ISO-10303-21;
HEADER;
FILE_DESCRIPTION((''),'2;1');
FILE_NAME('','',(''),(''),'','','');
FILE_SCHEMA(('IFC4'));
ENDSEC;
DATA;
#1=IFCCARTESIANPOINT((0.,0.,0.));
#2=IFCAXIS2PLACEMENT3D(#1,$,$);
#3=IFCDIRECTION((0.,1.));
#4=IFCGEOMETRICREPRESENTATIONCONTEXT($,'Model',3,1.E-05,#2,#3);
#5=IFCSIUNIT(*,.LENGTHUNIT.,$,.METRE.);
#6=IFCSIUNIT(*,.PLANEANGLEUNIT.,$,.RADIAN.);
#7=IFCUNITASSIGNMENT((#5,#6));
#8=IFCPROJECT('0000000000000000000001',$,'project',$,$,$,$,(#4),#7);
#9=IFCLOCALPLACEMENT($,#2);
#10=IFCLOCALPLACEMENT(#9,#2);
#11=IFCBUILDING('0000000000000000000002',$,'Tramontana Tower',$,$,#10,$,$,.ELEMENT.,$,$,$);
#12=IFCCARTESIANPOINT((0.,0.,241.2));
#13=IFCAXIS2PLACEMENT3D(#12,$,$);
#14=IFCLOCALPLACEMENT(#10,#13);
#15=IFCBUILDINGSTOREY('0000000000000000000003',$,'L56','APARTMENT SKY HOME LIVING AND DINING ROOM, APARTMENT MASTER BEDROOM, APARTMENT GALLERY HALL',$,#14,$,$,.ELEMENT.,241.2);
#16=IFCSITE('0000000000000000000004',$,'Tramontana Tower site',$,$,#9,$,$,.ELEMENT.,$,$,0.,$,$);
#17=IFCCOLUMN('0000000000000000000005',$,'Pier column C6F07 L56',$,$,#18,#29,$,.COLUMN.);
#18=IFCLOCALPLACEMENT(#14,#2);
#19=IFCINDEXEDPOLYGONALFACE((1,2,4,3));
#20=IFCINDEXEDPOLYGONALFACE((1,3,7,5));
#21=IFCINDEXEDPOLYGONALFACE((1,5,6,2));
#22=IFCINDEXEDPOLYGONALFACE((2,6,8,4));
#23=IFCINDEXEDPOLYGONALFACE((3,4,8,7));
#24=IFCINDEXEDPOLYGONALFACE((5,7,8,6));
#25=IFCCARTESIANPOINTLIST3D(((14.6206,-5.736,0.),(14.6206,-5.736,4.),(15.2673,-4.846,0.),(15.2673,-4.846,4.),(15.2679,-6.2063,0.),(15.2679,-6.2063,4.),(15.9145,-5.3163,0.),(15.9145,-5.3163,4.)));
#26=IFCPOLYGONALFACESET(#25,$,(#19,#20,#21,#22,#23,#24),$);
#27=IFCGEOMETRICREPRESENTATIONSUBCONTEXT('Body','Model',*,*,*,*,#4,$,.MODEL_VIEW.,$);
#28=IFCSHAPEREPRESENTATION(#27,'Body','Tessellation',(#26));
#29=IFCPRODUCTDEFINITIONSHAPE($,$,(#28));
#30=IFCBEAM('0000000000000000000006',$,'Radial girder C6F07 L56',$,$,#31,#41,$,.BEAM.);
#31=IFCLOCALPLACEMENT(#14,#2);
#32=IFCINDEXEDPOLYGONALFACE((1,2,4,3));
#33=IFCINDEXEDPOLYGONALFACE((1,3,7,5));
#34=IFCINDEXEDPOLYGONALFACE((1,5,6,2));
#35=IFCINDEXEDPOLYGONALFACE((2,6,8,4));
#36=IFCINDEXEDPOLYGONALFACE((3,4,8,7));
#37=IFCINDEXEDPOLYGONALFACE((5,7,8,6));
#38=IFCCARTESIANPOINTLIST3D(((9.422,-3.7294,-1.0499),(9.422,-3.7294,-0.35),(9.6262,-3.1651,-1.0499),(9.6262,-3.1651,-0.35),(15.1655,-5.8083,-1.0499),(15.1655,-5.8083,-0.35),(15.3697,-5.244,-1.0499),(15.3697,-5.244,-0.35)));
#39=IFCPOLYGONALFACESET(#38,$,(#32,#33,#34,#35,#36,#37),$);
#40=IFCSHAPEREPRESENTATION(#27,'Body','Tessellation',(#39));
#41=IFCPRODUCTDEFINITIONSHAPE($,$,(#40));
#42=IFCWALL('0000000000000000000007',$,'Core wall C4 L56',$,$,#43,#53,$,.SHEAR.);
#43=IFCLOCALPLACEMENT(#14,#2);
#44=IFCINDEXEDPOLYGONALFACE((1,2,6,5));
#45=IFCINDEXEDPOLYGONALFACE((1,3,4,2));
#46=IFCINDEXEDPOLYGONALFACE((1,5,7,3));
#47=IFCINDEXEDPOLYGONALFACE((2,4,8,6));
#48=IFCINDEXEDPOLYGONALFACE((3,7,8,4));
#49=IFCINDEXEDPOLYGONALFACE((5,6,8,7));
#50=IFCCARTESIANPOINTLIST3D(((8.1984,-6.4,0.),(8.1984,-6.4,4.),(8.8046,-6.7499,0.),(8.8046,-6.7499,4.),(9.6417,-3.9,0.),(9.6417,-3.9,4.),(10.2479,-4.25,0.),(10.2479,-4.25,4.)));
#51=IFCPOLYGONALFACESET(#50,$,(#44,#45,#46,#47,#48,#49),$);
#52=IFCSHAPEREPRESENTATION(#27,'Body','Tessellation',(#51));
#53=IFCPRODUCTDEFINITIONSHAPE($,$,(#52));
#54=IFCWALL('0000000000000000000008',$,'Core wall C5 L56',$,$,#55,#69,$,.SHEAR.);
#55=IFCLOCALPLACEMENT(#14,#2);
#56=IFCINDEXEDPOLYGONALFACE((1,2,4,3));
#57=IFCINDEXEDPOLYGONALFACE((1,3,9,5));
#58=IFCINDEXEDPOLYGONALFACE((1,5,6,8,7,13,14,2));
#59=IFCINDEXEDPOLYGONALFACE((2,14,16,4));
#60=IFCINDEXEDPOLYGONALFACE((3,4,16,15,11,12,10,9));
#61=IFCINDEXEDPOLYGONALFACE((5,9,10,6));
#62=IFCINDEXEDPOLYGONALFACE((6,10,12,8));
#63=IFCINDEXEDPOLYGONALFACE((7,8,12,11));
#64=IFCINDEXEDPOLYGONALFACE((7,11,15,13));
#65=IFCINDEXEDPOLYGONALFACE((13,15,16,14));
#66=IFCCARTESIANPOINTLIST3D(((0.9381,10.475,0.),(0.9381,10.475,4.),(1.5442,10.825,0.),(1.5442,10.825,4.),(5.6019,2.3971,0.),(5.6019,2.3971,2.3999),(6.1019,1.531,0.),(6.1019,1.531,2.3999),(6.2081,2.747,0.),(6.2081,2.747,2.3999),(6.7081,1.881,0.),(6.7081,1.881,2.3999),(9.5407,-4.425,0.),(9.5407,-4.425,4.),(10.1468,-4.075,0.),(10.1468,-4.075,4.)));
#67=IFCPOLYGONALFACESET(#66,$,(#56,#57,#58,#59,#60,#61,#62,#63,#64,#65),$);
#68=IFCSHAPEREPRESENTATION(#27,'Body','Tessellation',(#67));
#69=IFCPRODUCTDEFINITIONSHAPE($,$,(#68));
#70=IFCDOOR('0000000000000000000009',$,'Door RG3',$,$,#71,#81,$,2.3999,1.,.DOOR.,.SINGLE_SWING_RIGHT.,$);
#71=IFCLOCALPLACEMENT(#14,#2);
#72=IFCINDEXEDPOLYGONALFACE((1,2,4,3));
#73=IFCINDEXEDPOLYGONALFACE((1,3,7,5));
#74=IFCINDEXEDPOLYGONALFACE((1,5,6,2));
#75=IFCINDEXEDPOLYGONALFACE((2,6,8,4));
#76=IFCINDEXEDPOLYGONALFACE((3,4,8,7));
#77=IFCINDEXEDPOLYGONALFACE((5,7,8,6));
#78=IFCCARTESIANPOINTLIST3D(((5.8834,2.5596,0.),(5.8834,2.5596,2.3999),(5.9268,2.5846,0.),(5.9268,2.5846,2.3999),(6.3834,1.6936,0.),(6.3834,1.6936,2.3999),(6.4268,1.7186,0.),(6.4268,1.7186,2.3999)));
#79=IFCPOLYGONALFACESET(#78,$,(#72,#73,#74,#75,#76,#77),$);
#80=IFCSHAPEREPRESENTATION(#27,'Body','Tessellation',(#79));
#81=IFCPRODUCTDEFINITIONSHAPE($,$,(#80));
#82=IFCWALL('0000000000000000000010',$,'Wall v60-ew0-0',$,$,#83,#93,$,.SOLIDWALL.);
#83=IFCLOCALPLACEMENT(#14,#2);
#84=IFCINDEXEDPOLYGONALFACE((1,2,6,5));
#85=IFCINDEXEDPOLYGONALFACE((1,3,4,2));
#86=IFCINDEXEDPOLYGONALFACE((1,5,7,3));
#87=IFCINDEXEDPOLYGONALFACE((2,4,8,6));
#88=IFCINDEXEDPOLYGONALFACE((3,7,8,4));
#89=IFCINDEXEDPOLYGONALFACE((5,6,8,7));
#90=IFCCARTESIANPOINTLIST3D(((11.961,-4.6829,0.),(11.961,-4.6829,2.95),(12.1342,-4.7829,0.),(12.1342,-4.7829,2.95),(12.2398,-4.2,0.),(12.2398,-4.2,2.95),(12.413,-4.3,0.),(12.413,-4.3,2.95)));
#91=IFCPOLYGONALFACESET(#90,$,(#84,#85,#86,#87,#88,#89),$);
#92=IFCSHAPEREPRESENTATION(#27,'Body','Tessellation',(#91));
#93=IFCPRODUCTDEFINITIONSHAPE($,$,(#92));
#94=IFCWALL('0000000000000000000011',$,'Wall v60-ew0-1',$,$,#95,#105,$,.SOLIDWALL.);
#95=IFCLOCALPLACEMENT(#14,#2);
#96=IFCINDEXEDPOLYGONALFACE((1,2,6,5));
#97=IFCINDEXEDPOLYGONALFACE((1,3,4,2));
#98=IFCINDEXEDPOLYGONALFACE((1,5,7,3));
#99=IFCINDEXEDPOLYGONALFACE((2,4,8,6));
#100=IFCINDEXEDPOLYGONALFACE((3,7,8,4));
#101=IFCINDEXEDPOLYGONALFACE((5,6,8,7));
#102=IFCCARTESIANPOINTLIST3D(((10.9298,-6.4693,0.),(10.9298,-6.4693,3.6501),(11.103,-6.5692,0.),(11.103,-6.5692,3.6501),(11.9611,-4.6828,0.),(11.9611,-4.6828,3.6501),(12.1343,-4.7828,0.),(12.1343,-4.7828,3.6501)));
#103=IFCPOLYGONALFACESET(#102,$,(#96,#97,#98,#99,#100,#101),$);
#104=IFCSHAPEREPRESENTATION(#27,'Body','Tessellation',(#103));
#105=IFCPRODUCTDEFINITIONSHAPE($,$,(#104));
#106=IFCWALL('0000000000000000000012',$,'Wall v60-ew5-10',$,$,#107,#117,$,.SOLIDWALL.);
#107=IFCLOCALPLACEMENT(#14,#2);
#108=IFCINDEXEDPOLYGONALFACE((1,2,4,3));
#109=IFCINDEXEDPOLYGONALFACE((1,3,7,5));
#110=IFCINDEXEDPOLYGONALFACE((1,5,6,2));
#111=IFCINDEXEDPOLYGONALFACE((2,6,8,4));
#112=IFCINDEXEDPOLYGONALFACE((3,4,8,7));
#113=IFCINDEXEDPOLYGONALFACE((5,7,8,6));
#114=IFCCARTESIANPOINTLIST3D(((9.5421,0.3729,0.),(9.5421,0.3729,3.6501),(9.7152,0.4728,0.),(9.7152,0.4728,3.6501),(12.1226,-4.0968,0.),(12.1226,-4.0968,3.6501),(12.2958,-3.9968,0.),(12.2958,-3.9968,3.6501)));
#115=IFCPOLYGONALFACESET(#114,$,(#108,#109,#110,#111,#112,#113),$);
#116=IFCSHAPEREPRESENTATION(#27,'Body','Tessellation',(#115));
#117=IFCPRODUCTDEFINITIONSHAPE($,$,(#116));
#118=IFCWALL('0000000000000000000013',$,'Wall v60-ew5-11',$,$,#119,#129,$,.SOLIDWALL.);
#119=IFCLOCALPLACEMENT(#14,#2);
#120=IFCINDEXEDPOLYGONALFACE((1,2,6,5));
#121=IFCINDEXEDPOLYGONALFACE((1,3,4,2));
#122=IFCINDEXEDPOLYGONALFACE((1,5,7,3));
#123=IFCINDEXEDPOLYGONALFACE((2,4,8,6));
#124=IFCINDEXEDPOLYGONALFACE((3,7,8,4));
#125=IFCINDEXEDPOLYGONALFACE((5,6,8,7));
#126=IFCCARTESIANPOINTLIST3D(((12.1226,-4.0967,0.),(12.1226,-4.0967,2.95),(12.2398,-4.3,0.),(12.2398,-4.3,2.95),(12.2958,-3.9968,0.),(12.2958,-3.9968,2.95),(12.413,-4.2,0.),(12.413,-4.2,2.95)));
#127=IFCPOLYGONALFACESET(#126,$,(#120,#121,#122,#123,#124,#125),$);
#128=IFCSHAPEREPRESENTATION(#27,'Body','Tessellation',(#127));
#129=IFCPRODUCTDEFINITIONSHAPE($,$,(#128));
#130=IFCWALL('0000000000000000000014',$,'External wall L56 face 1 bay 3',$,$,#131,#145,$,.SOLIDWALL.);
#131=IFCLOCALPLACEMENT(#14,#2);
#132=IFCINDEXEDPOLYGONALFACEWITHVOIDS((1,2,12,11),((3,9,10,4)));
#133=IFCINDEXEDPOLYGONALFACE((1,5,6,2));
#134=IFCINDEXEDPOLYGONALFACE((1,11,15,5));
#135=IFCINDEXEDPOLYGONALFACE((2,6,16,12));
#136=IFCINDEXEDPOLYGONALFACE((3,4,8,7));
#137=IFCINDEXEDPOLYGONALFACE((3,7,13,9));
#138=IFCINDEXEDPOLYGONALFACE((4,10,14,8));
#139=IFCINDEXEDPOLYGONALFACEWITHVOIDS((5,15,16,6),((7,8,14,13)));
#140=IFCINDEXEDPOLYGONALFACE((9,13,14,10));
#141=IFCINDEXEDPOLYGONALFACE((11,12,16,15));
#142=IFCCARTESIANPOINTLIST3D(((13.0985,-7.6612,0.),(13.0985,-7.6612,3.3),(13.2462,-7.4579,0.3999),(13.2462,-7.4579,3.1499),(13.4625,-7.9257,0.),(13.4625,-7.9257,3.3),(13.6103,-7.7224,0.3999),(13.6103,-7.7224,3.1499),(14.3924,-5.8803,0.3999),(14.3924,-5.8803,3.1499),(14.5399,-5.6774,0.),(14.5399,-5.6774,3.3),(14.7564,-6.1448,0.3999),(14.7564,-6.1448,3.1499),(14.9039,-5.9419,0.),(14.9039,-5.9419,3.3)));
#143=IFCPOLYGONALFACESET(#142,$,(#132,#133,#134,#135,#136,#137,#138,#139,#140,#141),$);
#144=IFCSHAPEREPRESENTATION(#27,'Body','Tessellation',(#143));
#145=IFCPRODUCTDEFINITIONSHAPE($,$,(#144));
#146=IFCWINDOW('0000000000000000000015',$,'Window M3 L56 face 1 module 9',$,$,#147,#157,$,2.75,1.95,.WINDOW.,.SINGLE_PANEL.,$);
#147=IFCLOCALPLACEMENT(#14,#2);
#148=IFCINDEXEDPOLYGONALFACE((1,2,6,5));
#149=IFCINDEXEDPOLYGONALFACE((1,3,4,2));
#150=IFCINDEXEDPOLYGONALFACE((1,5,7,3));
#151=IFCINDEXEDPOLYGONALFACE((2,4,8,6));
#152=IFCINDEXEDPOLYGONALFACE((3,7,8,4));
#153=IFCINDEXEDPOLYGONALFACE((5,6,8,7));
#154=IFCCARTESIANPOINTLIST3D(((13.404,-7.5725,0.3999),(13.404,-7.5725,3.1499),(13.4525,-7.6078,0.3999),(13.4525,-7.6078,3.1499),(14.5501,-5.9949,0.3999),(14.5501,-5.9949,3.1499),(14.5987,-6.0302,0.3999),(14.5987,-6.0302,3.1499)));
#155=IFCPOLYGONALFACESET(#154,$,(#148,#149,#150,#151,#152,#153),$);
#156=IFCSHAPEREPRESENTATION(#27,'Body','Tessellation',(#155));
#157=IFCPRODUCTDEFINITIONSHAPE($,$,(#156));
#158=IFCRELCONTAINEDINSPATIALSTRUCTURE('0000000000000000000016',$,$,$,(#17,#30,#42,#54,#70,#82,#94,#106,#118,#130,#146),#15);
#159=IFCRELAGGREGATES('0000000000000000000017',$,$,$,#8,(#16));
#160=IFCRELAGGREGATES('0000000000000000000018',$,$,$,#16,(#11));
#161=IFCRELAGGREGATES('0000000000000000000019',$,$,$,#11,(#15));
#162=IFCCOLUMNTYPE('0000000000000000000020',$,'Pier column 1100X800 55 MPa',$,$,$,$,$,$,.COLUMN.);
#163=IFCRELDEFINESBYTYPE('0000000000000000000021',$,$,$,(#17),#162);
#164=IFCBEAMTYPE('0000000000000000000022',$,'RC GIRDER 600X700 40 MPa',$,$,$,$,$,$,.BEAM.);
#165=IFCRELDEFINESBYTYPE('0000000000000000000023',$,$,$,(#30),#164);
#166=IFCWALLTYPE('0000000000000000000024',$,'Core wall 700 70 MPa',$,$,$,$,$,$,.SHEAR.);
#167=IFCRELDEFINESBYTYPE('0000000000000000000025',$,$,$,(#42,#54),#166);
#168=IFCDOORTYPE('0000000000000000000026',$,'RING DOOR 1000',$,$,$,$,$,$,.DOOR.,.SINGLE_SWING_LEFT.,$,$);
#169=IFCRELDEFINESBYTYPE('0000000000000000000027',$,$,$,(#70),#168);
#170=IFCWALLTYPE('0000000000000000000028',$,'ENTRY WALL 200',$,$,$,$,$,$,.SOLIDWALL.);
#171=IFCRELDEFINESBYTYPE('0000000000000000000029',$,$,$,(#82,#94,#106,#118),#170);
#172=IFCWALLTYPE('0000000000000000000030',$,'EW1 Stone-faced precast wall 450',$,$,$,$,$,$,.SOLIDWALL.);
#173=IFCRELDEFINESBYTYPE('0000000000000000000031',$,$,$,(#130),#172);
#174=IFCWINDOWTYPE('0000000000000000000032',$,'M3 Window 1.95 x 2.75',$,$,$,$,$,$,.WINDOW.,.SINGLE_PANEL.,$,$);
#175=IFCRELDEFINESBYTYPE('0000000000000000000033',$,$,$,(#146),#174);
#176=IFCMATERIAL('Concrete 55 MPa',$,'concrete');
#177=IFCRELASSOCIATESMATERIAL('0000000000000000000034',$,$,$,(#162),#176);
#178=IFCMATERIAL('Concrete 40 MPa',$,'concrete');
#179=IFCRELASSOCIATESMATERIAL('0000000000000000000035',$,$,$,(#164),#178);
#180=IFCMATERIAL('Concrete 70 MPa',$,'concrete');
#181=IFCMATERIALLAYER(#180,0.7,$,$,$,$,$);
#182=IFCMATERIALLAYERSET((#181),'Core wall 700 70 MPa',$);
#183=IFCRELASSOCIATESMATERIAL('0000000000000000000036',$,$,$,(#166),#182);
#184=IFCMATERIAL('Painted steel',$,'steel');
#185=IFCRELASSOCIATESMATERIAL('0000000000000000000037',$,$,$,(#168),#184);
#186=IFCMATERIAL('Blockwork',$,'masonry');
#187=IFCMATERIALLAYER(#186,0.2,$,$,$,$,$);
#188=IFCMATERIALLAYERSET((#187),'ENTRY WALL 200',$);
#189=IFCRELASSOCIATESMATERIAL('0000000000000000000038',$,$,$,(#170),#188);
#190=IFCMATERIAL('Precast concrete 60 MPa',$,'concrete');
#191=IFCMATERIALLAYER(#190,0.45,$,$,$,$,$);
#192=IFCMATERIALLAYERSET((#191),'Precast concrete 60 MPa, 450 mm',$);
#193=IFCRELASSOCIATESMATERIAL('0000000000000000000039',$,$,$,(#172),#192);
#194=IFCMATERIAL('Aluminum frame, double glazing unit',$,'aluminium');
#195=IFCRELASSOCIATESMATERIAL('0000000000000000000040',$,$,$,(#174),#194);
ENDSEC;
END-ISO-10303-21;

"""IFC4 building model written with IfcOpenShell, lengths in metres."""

from ifc_helpers import new_model, si_unit, direction, frame, frame_2d, origin, origin_2d, place, context, subcontext, project, spatial, rectangle, extrude, material, layer, layer_set, material_profile, profile_set, type_object, element, fill, save


model = new_model("IFC4")

# Units and contexts
model_context = context("Model", 3, precision=1e-05, world=origin(), true_north=direction((0.0, 1.0)))
body_context = subcontext(model_context, "Body", "Model", "MODEL_VIEW")
ifc_project = project(units=[si_unit("LENGTHUNIT", "METRE"), si_unit("PLANEANGLEUNIT", "RADIAN")], contexts=[model_context])

# Site, building, storey
site_placement = place(None, origin())
site = spatial("IfcSite", under=ifc_project, at=site_placement, Name="Tramontana Tower site", CompositionType="ELEMENT", RefElevation=0.0)
building_placement = place(site_placement, origin())
building = spatial("IfcBuilding", under=site, at=building_placement, Name="Tramontana Tower", CompositionType="ELEMENT")
storey_placement = place(building_placement, frame((0.0, 0.0, 241.2)))
storey = spatial("IfcBuildingStorey", under=building, at=storey_placement, Name="L56", Description="APARTMENT SKY HOME LIVING AND DINING ROOM, APARTMENT MASTER BEDROOM, APARTMENT GALLERY HALL", CompositionType="ELEMENT", Elevation=241.2)

# Column
ifc_material_1 = material(Name="Concrete 55 MPa", Category="concrete")
ifc_material_profile_1 = material_profile(ifc_material_1, rectangle(XDim=1.1001, YDim=0.8, at=origin_2d()), Name="Pier column 1100X800 55 MPa")
ifc_profile_set_1 = profile_set([ifc_material_profile_1], Name="Concrete 55 MPa")
column_type = type_object("IfcColumnType", Name="Pier column 1100X800 55 MPa", PredefinedType="COLUMN", material=ifc_profile_set_1)
column_placement = place(storey_placement, frame((15.2676, -5.5261, 0.0), z_axis=(0.0, 0.0, 1.0), x_axis=(0.587785, 0.809017, 0.0)))
element("IfcColumn", 1, at=column_placement, inside=storey, type_object=column_type, Name="Pier column C6F07 L56", PredefinedType="COLUMN", context=body_context, shape_type="SweptSolid", body=[
    extrude(rectangle(XDim=1.1001, YDim=0.8, at=origin_2d()), origin(), (0.0, 0.0, 1.0), 4.0),
])

# Beam
ifc_material_2 = material(Name="Concrete 40 MPa", Category="concrete")
ifc_material_profile_2 = material_profile(ifc_material_2, rectangle(XDim=0.6001, YDim=0.7, at=origin_2d()), Name="RC GIRDER 600X700 40 MPa")
ifc_profile_set_2 = profile_set([ifc_material_profile_2], Name="Concrete 40 MPa")
beam_type = type_object("IfcBeamType", Name="RC GIRDER 600X700 40 MPa", PredefinedType="BEAM", material=ifc_profile_set_2)
beam_placement = place(storey_placement, frame((15.2676, -5.5261, -0.7), z_axis=(-0.9403, 0.340347, 0.0), x_axis=(-0.340347, -0.9403, 0.0)))
element("IfcBeam", 2, at=beam_placement, inside=storey, type_object=beam_type, Name="Radial girder C6F07 L56", PredefinedType="BEAM", context=body_context, shape_type="SweptSolid", body=[
    extrude(rectangle(XDim=0.6001, YDim=0.7, at=origin_2d()), origin(), (0.0, 0.0, 1.0), 6.1082),
])

# Wall
ifc_material_3 = material(Name="Concrete 70 MPa", Category="concrete")
ifc_layer_1 = layer(ifc_material_3, 0.7)
ifc_layer_set_1 = layer_set([ifc_layer_1], Name="Core wall 700 70 MPa")
wall_type_1 = type_object("IfcWallType", Name="Core wall 700 70 MPa", PredefinedType="SHEAR", material=ifc_layer_set_1)
wall_1_placement = place(storey_placement, frame((8.5015, -6.575, 0.0), z_axis=(0.0, 0.0, 1.0), x_axis=(0.499996, 0.866028, 0.0)))
element("IfcWall", 3, at=wall_1_placement, inside=storey, type_object=wall_type_1, Name="Core wall C4 L56", PredefinedType="SHEAR", context=body_context, shape_type="SweptSolid", body=[
    extrude(rectangle(XDim=2.8867, YDim=0.7, at=frame_2d((1.4434, 0.0))), origin(), (0.0, 0.0, 1.0), 4.0),
])

# Wall, opening, door
wall_2_placement = place(storey_placement, frame((9.8438, -4.25, 0.0), z_axis=(0.0, 0.0, 1.0), x_axis=(-0.500003, 0.866023, 0.0)))
wall_2 = element("IfcWall", 4, at=wall_2_placement, inside=storey, type_object=wall_type_1, Name="Core wall C5 L56", PredefinedType="SHEAR", context=body_context, shape_type="SweptSolid", body=[
    extrude(rectangle(XDim=17.2051, YDim=0.7, at=frame_2d((8.6025, 0.0))), origin(), (0.0, 0.0, 1.0), 4.0),
])
opening_1_placement = place(wall_2_placement, frame((6.8774, 0.0, 0.0)))
opening_1 = element("IfcOpeningElement", 5, at=opening_1_placement, cuts=wall_2, PredefinedType="OPENING", context=body_context, shape_type="SweptSolid", body=[
    extrude(rectangle(XDim=1.0, YDim=2.3999, at=frame_2d((0.5, 1.2))), frame((0.0, 0.3599, 0.0), z_axis=(0.0, -1.0, 0.0), x_axis=(1.0, 0.0, 0.0)), (0.0, 0.0, 1.0), 0.72),
])
ifc_material_4 = material(Name="Painted steel", Category="steel")
door_type = type_object("IfcDoorType", Name="RING DOOR 1000", OperationType="SINGLE_SWING_LEFT", PredefinedType="DOOR", material=ifc_material_4)
door_placement = place(opening_1_placement, origin())
door = element("IfcDoor", 6, at=door_placement, inside=storey, type_object=door_type, Name="Door RG3", OperationType="SINGLE_SWING_RIGHT", OverallHeight=2.3999, OverallWidth=1.0, PredefinedType="DOOR", context=body_context, shape_type="SweptSolid", body=[
    extrude(rectangle(XDim=1.0, YDim=2.3999, at=frame_2d((0.5, 1.2))), frame((0.0, 0.0249, 0.0), z_axis=(0.0, -1.0, 0.0), x_axis=(1.0, 0.0, 0.0)), (0.0, 0.0, 1.0), 0.05),
])
fill(opening_1, door)

# Walls
ifc_material_5 = material(Name="Blockwork", Category="masonry")
ifc_layer_2 = layer(ifc_material_5, 0.2)
ifc_layer_set_2 = layer_set([ifc_layer_2], Name="ENTRY WALL 200")
wall_type_2 = type_object("IfcWallType", Name="ENTRY WALL 200", PredefinedType="SOLIDWALL", material=ifc_layer_set_2)
wall_3_placement = place(storey_placement, frame((12.3264, -4.25, 0.0), z_axis=(0.0, 0.0, 1.0), x_axis=(-0.5, -0.866025, 0.0)))
element("IfcWall", 7, at=wall_3_placement, inside=storey, type_object=wall_type_2, Name="Wall v60-ew0-0", PredefinedType="SOLIDWALL", context=body_context, shape_type="SweptSolid", body=[
    extrude(rectangle(XDim=0.5576, YDim=0.2, at=frame_2d((0.2788, 0.0))), origin(), (0.0, 0.0, 1.0), 2.95),
])
wall_4_placement = place(storey_placement, frame((12.0476, -4.7329, 0.0), z_axis=(0.0, 0.0, 1.0), x_axis=(-0.499958, -0.86605, 0.0)))
element("IfcWall", 8, at=wall_4_placement, inside=storey, type_object=wall_type_2, Name="Wall v60-ew0-1", PredefinedType="SOLIDWALL", context=body_context, shape_type="SweptSolid", body=[
    extrude(rectangle(XDim=2.0627, YDim=0.2, at=frame_2d((1.0312, 0.0))), origin(), (0.0, 0.0, 1.0), 3.6501),
])
wall_5_placement = place(storey_placement, frame((9.6287, 0.4229, 0.0), z_axis=(0.0, 0.0, 1.0), x_axis=(0.499995, -0.866028, 0.0)))
element("IfcWall", 9, at=wall_5_placement, inside=storey, type_object=wall_type_2, Name="Wall v60-ew5-10", PredefinedType="SOLIDWALL", context=body_context, shape_type="SweptSolid", body=[
    extrude(rectangle(XDim=5.1611, YDim=0.2, at=frame_2d((2.5806, 0.0))), origin(), (0.0, 0.0, 1.0), 3.6501),
])
wall_6_placement = place(storey_placement, frame((12.2092, -4.0469, 0.0), z_axis=(0.0, 0.0, 1.0), x_axis=(0.499722, -0.866186, 0.0)))
element("IfcWall", 10, at=wall_6_placement, inside=storey, type_object=wall_type_2, Name="Wall v60-ew5-11", PredefinedType="SOLIDWALL", context=body_context, shape_type="SweptSolid", body=[
    extrude(rectangle(XDim=0.2346, YDim=0.2, at=frame_2d((0.1172, 0.0))), origin(), (0.0, 0.0, 1.0), 2.95),
])

# Wall, opening, window
ifc_material_6 = material(Name="Precast concrete 60 MPa", Category="concrete")
ifc_layer_3 = layer(ifc_material_6, 0.45)
ifc_layer_set_3 = layer_set([ifc_layer_3], Name="Precast concrete 60 MPa, 450 mm")
wall_type_3 = type_object("IfcWallType", Name="EW1 Stone-faced precast wall 450", PredefinedType="SOLIDWALL", material=ifc_layer_set_3)
wall_7_placement = place(storey_placement, frame((13.2805, -7.7935, 0.0), z_axis=(0.0, 0.0, 1.0), x_axis=(0.587793, 0.809012, 0.0)))
wall_7 = element("IfcWall", 11, at=wall_7_placement, inside=storey, type_object=wall_type_3, Name="External wall L56 face 1 bay 3", PredefinedType="SOLIDWALL", context=body_context, shape_type="SweptSolid", body=[
    extrude(rectangle(XDim=2.4521, YDim=0.45, at=frame_2d((1.2261, 0.0))), origin(), (0.0, 0.0, 1.0), 3.3),
])
opening_2_placement = place(wall_7_placement, frame((0.2512, 0.0, 0.3999)))
opening_2 = element("IfcOpeningElement", 12, at=opening_2_placement, cuts=wall_7, PredefinedType="OPENING", context=body_context, shape_type="SweptSolid", body=[
    extrude(rectangle(XDim=1.95, YDim=2.75, at=frame_2d((0.9751, 1.375))), frame((0.0, 0.2349, 0.0), z_axis=(0.0, -1.0, 0.0), x_axis=(1.0, 0.0, 0.0)), (0.0, 0.0, 1.0), 0.47),
])
ifc_material_7 = material(Name="Aluminum frame, double glazing unit", Category="aluminium")
window_type_1 = type_object("IfcWindowType", Name="M3 Window 1.95 x 2.75", PartitioningType="SINGLE_PANEL", PredefinedType="WINDOW", material=ifc_material_7)
window_1_placement = place(opening_2_placement, origin())
window_1 = element("IfcWindow", 13, at=window_1_placement, inside=storey, type_object=window_type_1, Name="Window M3 L56 face 1 module 9", OverallHeight=2.75, OverallWidth=1.95, PartitioningType="SINGLE_PANEL", PredefinedType="WINDOW", context=body_context, shape_type="SweptSolid", body=[
    extrude(rectangle(XDim=1.95, YDim=2.75, at=frame_2d((0.9751, 1.375))), frame((0.0, 0.03, 0.0), z_axis=(0.0, -1.0, 0.0), x_axis=(1.0, 0.0, 0.0)), (0.0, 0.0, 1.0), 0.0601),
])
fill(opening_2, window_1)

save(model, "model.ifc")
